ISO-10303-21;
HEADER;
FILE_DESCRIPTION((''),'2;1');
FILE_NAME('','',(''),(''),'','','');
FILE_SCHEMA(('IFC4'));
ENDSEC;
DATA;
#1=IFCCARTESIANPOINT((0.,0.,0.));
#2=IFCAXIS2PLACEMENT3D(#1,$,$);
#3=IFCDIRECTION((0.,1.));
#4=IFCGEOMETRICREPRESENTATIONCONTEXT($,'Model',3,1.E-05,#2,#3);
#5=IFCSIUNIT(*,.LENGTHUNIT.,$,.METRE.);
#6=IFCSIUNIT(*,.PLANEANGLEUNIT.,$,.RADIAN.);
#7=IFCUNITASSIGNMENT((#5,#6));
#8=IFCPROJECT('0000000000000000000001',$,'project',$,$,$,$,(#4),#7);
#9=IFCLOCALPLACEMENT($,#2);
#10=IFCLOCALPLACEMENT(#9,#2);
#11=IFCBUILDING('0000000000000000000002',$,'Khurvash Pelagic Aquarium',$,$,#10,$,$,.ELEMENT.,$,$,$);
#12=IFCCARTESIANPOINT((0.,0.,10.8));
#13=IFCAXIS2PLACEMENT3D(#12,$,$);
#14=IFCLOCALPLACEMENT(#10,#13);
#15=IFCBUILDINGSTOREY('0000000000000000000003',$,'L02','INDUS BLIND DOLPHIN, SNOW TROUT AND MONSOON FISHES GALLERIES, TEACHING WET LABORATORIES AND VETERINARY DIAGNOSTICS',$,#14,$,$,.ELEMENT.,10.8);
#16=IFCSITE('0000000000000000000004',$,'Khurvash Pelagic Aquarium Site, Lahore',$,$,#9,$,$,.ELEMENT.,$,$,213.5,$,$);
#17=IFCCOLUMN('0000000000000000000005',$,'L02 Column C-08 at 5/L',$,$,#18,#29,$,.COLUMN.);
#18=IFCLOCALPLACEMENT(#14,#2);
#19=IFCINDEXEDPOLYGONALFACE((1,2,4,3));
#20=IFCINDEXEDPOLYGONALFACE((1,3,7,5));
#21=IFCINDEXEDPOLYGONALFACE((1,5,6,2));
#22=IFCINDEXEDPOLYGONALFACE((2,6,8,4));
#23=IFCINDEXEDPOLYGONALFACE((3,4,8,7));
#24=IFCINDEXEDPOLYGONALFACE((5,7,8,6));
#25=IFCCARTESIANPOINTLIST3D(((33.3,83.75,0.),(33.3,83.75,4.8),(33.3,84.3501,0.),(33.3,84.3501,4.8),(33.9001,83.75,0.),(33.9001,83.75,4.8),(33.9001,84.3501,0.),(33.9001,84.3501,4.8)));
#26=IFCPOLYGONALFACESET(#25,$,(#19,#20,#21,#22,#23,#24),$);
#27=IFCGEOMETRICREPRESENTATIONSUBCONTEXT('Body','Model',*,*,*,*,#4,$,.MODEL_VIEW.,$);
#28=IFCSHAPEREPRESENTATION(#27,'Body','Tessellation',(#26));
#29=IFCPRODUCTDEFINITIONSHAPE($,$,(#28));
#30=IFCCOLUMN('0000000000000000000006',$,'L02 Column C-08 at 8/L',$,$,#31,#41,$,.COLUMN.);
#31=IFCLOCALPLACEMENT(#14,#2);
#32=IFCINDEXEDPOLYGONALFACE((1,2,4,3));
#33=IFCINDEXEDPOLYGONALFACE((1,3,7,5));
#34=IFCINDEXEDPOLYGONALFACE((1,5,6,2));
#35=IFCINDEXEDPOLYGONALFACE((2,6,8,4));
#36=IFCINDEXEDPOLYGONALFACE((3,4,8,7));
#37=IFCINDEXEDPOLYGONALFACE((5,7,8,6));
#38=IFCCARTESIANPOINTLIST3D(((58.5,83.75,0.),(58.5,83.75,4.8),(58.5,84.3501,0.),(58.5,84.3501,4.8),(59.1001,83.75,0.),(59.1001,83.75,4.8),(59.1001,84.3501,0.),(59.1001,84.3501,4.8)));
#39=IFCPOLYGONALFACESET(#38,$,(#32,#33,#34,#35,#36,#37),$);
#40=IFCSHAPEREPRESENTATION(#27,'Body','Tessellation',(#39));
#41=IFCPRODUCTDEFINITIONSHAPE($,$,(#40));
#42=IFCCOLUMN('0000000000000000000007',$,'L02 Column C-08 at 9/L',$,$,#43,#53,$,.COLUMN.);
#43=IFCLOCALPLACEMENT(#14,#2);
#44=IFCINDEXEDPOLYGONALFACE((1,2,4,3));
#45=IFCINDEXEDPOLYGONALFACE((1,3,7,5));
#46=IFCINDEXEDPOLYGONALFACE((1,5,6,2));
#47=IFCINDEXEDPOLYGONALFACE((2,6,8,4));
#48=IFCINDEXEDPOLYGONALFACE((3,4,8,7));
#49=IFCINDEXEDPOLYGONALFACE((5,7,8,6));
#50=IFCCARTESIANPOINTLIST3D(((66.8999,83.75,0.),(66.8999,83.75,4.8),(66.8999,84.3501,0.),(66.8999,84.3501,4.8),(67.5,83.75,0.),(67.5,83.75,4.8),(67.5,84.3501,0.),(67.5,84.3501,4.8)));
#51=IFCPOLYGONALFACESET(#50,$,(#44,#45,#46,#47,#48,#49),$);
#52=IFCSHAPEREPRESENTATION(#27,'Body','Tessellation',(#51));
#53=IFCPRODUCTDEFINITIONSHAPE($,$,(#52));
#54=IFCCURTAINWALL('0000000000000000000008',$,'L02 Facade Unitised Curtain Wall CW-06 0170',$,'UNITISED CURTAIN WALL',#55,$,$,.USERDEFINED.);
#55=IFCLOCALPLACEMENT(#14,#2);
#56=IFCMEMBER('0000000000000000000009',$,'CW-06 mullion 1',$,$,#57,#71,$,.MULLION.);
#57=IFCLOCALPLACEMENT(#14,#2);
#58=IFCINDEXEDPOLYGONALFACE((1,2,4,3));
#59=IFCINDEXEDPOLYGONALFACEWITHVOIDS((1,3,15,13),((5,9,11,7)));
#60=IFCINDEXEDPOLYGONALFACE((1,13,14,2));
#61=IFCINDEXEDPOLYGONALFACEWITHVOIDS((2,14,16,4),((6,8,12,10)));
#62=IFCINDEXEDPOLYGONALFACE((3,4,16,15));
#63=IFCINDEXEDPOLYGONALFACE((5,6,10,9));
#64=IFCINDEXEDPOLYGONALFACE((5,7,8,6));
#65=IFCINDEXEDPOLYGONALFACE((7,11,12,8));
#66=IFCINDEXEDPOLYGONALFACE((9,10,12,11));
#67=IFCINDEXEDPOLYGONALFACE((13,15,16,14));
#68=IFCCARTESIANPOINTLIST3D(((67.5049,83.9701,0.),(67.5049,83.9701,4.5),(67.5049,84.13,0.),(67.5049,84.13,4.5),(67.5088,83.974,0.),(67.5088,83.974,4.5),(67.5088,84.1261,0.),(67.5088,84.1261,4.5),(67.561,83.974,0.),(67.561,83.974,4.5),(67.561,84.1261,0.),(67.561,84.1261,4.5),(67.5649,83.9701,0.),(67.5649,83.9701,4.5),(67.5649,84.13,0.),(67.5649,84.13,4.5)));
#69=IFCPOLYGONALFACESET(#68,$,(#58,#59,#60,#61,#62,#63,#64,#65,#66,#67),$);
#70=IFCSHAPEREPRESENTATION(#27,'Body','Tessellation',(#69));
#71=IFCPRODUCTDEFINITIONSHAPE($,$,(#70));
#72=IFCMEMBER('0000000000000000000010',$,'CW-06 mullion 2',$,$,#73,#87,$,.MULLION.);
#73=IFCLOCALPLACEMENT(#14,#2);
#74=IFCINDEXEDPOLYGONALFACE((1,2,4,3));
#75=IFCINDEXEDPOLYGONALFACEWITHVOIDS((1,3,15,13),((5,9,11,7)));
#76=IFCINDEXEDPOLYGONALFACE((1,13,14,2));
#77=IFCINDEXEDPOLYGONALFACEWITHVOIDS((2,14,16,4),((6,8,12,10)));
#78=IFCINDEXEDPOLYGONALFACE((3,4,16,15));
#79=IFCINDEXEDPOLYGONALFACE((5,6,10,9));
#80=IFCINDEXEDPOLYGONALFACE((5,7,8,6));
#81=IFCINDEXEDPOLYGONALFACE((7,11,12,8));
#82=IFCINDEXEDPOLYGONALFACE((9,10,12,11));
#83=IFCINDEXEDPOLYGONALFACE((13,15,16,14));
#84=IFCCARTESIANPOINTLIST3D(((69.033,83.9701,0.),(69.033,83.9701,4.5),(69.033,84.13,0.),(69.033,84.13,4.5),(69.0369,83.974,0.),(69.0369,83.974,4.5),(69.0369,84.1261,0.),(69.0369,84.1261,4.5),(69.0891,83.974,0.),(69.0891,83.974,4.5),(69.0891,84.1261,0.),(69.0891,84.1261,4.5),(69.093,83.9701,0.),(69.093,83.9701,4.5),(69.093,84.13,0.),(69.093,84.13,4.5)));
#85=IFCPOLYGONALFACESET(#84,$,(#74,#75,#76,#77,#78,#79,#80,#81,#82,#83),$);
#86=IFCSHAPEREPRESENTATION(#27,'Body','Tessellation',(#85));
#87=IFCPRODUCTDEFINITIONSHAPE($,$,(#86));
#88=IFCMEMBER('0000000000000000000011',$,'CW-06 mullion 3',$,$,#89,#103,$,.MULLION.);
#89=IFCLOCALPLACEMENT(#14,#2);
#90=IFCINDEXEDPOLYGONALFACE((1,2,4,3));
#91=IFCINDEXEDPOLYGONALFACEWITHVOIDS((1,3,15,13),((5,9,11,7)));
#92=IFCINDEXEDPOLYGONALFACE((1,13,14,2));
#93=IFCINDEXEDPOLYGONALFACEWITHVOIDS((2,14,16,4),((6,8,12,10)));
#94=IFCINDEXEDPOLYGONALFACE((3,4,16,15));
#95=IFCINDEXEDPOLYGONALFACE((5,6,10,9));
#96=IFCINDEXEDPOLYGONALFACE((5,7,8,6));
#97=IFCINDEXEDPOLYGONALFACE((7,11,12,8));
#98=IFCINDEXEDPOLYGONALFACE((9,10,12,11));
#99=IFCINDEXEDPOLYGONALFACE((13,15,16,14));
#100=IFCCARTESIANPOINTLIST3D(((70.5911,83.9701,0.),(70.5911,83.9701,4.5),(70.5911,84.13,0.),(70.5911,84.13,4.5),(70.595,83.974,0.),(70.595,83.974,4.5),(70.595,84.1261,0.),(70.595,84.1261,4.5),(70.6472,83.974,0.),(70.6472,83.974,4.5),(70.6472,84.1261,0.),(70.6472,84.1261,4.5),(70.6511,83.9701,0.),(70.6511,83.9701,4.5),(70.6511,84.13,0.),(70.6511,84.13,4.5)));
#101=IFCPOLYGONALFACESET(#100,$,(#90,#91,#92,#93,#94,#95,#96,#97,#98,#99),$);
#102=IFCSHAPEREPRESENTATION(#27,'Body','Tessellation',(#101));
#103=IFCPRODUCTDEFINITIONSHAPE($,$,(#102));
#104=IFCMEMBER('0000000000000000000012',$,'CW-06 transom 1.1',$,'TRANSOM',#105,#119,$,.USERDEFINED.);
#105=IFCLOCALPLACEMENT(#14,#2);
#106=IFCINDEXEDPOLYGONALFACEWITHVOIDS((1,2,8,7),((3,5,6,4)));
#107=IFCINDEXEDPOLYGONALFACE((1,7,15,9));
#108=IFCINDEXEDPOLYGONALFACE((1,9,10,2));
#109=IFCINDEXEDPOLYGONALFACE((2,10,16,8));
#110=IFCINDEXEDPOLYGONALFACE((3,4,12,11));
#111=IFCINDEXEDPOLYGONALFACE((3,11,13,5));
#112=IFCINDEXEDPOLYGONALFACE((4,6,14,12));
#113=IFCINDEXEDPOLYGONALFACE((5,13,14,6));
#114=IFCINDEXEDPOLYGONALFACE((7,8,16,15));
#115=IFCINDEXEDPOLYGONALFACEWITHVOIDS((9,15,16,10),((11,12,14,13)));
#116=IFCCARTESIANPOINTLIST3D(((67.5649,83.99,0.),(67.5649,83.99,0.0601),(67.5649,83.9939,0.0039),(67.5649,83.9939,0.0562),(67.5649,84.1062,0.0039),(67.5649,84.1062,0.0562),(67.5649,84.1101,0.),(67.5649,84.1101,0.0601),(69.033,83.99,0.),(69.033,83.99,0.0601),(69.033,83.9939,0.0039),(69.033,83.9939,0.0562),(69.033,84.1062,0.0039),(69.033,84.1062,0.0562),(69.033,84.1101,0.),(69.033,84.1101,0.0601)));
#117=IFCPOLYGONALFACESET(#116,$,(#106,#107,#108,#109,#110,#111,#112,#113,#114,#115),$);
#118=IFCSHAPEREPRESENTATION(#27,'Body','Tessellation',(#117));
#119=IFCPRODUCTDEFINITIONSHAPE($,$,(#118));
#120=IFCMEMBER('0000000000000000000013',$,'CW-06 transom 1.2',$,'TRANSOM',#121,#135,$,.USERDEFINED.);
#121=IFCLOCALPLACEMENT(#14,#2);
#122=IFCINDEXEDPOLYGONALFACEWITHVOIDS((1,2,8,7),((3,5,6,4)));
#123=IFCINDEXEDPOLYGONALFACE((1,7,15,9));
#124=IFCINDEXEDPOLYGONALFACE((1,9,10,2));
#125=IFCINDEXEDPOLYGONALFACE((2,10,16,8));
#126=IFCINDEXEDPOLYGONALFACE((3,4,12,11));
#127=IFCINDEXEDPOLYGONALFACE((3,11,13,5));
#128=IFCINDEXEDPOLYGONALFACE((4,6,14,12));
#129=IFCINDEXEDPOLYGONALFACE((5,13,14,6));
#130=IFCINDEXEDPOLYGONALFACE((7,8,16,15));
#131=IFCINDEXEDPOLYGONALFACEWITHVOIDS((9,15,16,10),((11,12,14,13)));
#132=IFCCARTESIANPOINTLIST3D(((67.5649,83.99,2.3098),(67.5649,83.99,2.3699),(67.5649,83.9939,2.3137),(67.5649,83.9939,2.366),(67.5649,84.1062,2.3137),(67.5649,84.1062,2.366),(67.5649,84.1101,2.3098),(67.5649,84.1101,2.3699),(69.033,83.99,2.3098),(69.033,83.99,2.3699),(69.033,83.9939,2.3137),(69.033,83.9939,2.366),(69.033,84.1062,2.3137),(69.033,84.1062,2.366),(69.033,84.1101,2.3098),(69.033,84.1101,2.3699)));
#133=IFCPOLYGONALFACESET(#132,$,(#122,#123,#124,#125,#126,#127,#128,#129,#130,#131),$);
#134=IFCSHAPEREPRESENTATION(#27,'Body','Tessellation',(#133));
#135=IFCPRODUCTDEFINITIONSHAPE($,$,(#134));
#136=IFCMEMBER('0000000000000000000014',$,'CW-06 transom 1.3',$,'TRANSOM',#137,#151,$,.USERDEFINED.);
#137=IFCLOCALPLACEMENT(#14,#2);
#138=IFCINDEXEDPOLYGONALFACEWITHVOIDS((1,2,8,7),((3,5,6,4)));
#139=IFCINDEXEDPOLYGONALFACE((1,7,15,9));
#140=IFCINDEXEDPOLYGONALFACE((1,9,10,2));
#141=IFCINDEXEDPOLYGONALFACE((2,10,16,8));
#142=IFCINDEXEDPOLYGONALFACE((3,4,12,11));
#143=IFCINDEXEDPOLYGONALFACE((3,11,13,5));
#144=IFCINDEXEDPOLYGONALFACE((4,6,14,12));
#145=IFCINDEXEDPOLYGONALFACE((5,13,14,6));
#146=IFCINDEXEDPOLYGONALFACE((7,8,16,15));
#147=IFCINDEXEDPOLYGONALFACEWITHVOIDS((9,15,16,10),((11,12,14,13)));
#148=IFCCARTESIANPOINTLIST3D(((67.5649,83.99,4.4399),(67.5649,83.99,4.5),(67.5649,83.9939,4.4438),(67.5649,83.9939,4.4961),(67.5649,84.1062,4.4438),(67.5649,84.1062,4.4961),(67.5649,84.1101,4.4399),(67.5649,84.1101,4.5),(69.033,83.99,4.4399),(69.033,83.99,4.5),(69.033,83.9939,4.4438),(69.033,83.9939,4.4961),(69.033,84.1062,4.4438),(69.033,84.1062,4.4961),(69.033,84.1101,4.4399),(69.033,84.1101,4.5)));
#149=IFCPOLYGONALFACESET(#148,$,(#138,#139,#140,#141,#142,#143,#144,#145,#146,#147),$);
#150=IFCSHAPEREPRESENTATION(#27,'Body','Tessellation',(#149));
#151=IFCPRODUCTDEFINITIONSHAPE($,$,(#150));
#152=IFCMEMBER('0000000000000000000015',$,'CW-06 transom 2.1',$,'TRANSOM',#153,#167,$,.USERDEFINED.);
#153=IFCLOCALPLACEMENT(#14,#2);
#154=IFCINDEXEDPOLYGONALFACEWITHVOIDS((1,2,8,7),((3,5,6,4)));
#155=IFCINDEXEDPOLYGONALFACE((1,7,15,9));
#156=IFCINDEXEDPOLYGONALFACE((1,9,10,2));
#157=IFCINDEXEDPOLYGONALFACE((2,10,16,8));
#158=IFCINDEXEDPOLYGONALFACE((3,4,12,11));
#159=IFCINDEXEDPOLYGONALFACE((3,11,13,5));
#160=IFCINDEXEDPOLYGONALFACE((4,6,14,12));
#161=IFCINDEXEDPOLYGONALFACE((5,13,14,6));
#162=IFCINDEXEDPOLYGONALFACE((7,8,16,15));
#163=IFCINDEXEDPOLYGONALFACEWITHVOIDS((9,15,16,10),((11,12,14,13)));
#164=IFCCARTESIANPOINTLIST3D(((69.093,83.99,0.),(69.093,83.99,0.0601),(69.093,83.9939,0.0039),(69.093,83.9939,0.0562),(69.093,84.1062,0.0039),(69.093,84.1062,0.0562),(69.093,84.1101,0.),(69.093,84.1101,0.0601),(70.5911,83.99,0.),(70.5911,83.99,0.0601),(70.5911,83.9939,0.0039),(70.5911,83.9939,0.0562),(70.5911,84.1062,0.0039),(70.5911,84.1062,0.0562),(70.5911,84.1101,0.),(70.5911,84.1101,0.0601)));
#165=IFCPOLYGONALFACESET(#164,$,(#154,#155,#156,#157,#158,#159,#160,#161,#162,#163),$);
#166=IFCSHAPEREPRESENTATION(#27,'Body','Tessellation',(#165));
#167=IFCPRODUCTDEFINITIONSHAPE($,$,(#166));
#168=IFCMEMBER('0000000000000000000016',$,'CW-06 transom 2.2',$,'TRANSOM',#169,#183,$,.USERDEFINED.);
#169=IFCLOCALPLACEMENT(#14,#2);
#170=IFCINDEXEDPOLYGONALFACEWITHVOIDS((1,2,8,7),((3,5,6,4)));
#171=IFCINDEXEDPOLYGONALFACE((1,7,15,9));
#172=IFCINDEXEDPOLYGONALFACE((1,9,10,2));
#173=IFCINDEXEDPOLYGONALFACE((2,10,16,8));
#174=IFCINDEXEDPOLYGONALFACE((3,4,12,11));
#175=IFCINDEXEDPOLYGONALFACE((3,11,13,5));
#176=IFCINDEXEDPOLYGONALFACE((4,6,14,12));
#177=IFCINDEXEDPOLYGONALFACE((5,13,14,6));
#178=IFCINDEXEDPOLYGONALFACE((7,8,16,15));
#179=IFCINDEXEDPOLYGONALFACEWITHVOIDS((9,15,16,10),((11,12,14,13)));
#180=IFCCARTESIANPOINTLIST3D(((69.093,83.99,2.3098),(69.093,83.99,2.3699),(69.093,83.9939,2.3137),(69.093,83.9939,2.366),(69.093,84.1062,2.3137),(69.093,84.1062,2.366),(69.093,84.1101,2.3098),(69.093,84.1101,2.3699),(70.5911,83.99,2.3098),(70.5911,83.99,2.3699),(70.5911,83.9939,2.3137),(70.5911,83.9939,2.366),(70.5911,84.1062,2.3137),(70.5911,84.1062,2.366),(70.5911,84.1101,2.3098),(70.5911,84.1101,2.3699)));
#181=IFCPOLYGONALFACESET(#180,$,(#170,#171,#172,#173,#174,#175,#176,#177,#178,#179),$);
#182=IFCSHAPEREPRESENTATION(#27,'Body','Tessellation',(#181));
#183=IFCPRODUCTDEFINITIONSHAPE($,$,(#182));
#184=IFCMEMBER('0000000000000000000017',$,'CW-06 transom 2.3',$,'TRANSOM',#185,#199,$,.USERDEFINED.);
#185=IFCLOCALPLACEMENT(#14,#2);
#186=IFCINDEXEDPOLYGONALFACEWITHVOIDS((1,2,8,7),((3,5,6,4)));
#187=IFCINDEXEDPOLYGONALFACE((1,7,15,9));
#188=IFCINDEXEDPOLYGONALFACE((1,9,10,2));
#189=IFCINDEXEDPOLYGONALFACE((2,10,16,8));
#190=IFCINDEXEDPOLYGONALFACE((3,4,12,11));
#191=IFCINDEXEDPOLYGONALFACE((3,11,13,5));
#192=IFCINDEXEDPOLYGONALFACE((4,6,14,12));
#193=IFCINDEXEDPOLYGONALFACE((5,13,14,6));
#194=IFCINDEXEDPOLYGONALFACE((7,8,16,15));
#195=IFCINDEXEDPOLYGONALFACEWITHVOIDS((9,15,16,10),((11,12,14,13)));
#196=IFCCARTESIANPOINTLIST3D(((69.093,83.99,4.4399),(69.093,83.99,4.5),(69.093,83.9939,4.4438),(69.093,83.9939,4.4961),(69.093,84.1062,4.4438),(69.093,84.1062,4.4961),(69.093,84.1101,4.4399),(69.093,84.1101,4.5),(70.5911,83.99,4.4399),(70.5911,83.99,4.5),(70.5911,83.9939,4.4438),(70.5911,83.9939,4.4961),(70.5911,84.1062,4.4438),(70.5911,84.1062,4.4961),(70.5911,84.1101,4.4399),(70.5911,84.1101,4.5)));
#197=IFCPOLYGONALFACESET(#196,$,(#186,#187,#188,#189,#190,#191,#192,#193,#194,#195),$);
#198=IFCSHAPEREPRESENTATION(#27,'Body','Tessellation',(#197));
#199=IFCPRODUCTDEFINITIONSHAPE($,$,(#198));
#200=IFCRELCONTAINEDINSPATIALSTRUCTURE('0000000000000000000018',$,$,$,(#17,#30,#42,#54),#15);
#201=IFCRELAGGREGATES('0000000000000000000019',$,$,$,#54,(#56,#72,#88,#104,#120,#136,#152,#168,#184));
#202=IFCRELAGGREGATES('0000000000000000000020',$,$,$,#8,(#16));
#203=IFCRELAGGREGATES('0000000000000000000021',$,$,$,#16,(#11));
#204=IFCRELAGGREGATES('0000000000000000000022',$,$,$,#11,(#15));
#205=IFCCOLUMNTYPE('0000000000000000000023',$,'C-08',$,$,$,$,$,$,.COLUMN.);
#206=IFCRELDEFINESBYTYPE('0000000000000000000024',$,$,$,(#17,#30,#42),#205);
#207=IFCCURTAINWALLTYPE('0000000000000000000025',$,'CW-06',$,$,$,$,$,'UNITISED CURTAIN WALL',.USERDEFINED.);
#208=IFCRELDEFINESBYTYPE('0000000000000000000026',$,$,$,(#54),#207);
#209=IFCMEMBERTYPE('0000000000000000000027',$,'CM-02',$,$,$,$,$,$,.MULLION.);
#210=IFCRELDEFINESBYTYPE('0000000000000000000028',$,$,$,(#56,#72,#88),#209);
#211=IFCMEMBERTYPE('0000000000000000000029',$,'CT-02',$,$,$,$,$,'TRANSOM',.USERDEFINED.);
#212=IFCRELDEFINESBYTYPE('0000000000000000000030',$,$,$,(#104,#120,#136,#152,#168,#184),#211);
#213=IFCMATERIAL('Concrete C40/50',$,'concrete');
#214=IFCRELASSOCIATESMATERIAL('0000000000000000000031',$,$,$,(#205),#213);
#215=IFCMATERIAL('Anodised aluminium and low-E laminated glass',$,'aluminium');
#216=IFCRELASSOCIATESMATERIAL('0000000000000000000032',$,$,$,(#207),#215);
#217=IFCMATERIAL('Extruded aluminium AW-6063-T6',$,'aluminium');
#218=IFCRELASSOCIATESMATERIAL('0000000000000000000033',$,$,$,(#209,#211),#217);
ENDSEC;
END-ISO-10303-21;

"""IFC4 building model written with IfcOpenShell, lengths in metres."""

from ifc_helpers import new_model, si_unit, direction, frame, origin, origin_2d, place, context, subcontext, project, spatial, rectangle, hollow_rectangle, extrude, material, material_profile, profile_set, type_object, element, aggregate, save


model = new_model("IFC4")

# Units and contexts
model_context = context("Model", 3, precision=1e-05, world=origin(), true_north=direction((0.0, 1.0)))
body_context = subcontext(model_context, "Body", "Model", "MODEL_VIEW")
ifc_project = project(units=[si_unit("LENGTHUNIT", "METRE"), si_unit("PLANEANGLEUNIT", "RADIAN")], contexts=[model_context])

# Site, building, storey
site_placement = place(None, origin())
site = spatial("IfcSite", under=ifc_project, at=site_placement, Name="Khurvash Pelagic Aquarium Site, Lahore", CompositionType="ELEMENT", RefElevation=213.5)
building_placement = place(site_placement, origin())
building = spatial("IfcBuilding", under=site, at=building_placement, Name="Khurvash Pelagic Aquarium", CompositionType="ELEMENT")
storey_placement = place(building_placement, frame((0.0, 0.0, 10.8)))
storey = spatial("IfcBuildingStorey", under=building, at=storey_placement, Name="L02", Description="INDUS BLIND DOLPHIN, SNOW TROUT AND MONSOON FISHES GALLERIES, TEACHING WET LABORATORIES AND VETERINARY DIAGNOSTICS", CompositionType="ELEMENT", Elevation=10.8)

# Columns
ifc_material_1 = material(Name="Concrete C40/50", Category="concrete")
ifc_material_profile_1 = material_profile(ifc_material_1, rectangle(XDim=0.6001, YDim=0.6001, at=origin_2d()), Name="RC600X600")
ifc_profile_set_1 = profile_set([ifc_material_profile_1], Name="Concrete C40/50")
column_type = type_object("IfcColumnType", Name="C-08", PredefinedType="COLUMN", material=ifc_profile_set_1)
for number, where, z_axis, x_axis, name in (
    (1, (33.6001, 84.05, 0.0), (0.0, 0.0, 1.0), (1.0, 0.0, 0.0), "L02 Column C-08 at 5/L"),
    (2, (58.8, 84.05, 0.0), (0.0, 0.0, 1.0), (1.0, 0.0, 0.0), "L02 Column C-08 at 8/L"),
    (3, (67.2, 84.05, 0.0), (0.0, 0.0, 1.0), (1.0, 0.0, 0.0), "L02 Column C-08 at 9/L"),
):
    element("IfcColumn", number, at=place(storey_placement, frame(where, z_axis=z_axis, x_axis=x_axis)), inside=storey, type_object=column_type, Name=name, PredefinedType="COLUMN", context=body_context, shape_type="SweptSolid", body=[
        extrude(rectangle(XDim=0.6001, YDim=0.6001, at=origin_2d()), origin(), (0.0, 0.0, 1.0), 4.8),
    ])

# Curtain wall, members
ifc_material_2 = material(Name="Anodised aluminium and low-E laminated glass", Category="aluminium")
curtain_wall_type = type_object("IfcCurtainWallType", Name="CW-06", ElementType="UNITISED CURTAIN WALL", PredefinedType="USERDEFINED", material=ifc_material_2)
curtain_wall_placement = place(storey_placement, origin())
curtain_wall = element("IfcCurtainWall", 4, at=curtain_wall_placement, inside=storey, type_object=curtain_wall_type, Name="L02 Facade Unitised Curtain Wall CW-06 0170", ObjectType="UNITISED CURTAIN WALL", PredefinedType="USERDEFINED")
ifc_material_3 = material(Name="Extruded aluminium AW-6063-T6", Category="aluminium")
ifc_material_profile_2 = material_profile(ifc_material_3, hollow_rectangle(XDim=0.0601, YDim=0.1599, WallThickness=0.0039, at=origin_2d()), Name="CWM60X160X4")
ifc_profile_set_2 = profile_set([ifc_material_profile_2], Name="Extruded aluminium AW-6063-T6")
member_type_1 = type_object("IfcMemberType", Name="CM-02", PredefinedType="MULLION", material=ifc_profile_set_2)
member_1_placement = place(storey_placement, frame((67.5349, 84.05, 0.0), z_axis=(0.0, 0.0, 1.0), x_axis=(1.0, 0.0, 0.0)))
member_1 = element("IfcMember", 5, at=member_1_placement, type_object=member_type_1, Name="CW-06 mullion 1", PredefinedType="MULLION", context=body_context, shape_type="SweptSolid", body=[
    extrude(hollow_rectangle(XDim=0.0601, YDim=0.1599, WallThickness=0.0039, at=origin_2d()), origin(), (0.0, 0.0, 1.0), 4.5),
])
member_2_placement = place(storey_placement, frame((69.063, 84.05, 0.0), z_axis=(0.0, 0.0, 1.0), x_axis=(1.0, 0.0, 0.0)))
member_2 = element("IfcMember", 6, at=member_2_placement, type_object=member_type_1, Name="CW-06 mullion 2", PredefinedType="MULLION", context=body_context, shape_type="SweptSolid", body=[
    extrude(hollow_rectangle(XDim=0.0601, YDim=0.1599, WallThickness=0.0039, at=origin_2d()), origin(), (0.0, 0.0, 1.0), 4.5),
])
member_3_placement = place(storey_placement, frame((70.6211, 84.05, 0.0), z_axis=(0.0, 0.0, 1.0), x_axis=(1.0, 0.0, 0.0)))
member_3 = element("IfcMember", 7, at=member_3_placement, type_object=member_type_1, Name="CW-06 mullion 3", PredefinedType="MULLION", context=body_context, shape_type="SweptSolid", body=[
    extrude(hollow_rectangle(XDim=0.0601, YDim=0.1599, WallThickness=0.0039, at=origin_2d()), origin(), (0.0, 0.0, 1.0), 4.5),
])
ifc_material_profile_3 = material_profile(ifc_material_3, hollow_rectangle(XDim=0.1201, YDim=0.0601, WallThickness=0.0039, at=origin_2d()), Name="CWT120X60X4")
ifc_profile_set_3 = profile_set([ifc_material_profile_3], Name="Extruded aluminium AW-6063-T6")
member_type_2 = type_object("IfcMemberType", Name="CT-02", ElementType="TRANSOM", PredefinedType="USERDEFINED", material=ifc_profile_set_3)
member_4_placement = place(storey_placement, frame((67.5649, 84.05, 0.03), z_axis=(1.0, 0.0, 0.0), x_axis=(0.0, 1.0, 0.0)))
member_4 = element("IfcMember", 8, at=member_4_placement, type_object=member_type_2, Name="CW-06 transom 1.1", ObjectType="TRANSOM", PredefinedType="USERDEFINED", context=body_context, shape_type="SweptSolid", body=[
    extrude(hollow_rectangle(XDim=0.1201, YDim=0.0601, WallThickness=0.0039, at=origin_2d()), origin(), (0.0, 0.0, 1.0), 1.468),
])
member_5_placement = place(storey_placement, frame((67.5649, 84.05, 2.3398), z_axis=(1.0, 0.0, 0.0), x_axis=(0.0, 1.0, 0.0)))
member_5 = element("IfcMember", 9, at=member_5_placement, type_object=member_type_2, Name="CW-06 transom 1.2", ObjectType="TRANSOM", PredefinedType="USERDEFINED", context=body_context, shape_type="SweptSolid", body=[
    extrude(hollow_rectangle(XDim=0.1201, YDim=0.0601, WallThickness=0.0039, at=origin_2d()), origin(), (0.0, 0.0, 1.0), 1.468),
])
member_6_placement = place(storey_placement, frame((67.5649, 84.05, 4.47), z_axis=(1.0, 0.0, 0.0), x_axis=(0.0, 1.0, 0.0)))
member_6 = element("IfcMember", 10, at=member_6_placement, type_object=member_type_2, Name="CW-06 transom 1.3", ObjectType="TRANSOM", PredefinedType="USERDEFINED", context=body_context, shape_type="SweptSolid", body=[
    extrude(hollow_rectangle(XDim=0.1201, YDim=0.0601, WallThickness=0.0039, at=origin_2d()), origin(), (0.0, 0.0, 1.0), 1.468),
])
member_7_placement = place(storey_placement, frame((69.093, 84.05, 0.03), z_axis=(1.0, 0.0, 0.0), x_axis=(0.0, 1.0, 0.0)))
member_7 = element("IfcMember", 11, at=member_7_placement, type_object=member_type_2, Name="CW-06 transom 2.1", ObjectType="TRANSOM", PredefinedType="USERDEFINED", context=body_context, shape_type="SweptSolid", body=[
    extrude(hollow_rectangle(XDim=0.1201, YDim=0.0601, WallThickness=0.0039, at=origin_2d()), origin(), (0.0, 0.0, 1.0), 1.498),
])
member_8_placement = place(storey_placement, frame((69.093, 84.05, 2.3398), z_axis=(1.0, 0.0, 0.0), x_axis=(0.0, 1.0, 0.0)))
member_8 = element("IfcMember", 12, at=member_8_placement, type_object=member_type_2, Name="CW-06 transom 2.2", ObjectType="TRANSOM", PredefinedType="USERDEFINED", context=body_context, shape_type="SweptSolid", body=[
    extrude(hollow_rectangle(XDim=0.1201, YDim=0.0601, WallThickness=0.0039, at=origin_2d()), origin(), (0.0, 0.0, 1.0), 1.498),
])
member_9_placement = place(storey_placement, frame((69.093, 84.05, 4.47), z_axis=(1.0, 0.0, 0.0), x_axis=(0.0, 1.0, 0.0)))
member_9 = element("IfcMember", 13, at=member_9_placement, type_object=member_type_2, Name="CW-06 transom 2.3", ObjectType="TRANSOM", PredefinedType="USERDEFINED", context=body_context, shape_type="SweptSolid", body=[
    extrude(hollow_rectangle(XDim=0.1201, YDim=0.0601, WallThickness=0.0039, at=origin_2d()), origin(), (0.0, 0.0, 1.0), 1.498),
])

aggregate(curtain_wall, [member_1, member_2, member_3, member_4, member_5, member_6, member_7, member_8, member_9])

save(model, "model.ifc")
